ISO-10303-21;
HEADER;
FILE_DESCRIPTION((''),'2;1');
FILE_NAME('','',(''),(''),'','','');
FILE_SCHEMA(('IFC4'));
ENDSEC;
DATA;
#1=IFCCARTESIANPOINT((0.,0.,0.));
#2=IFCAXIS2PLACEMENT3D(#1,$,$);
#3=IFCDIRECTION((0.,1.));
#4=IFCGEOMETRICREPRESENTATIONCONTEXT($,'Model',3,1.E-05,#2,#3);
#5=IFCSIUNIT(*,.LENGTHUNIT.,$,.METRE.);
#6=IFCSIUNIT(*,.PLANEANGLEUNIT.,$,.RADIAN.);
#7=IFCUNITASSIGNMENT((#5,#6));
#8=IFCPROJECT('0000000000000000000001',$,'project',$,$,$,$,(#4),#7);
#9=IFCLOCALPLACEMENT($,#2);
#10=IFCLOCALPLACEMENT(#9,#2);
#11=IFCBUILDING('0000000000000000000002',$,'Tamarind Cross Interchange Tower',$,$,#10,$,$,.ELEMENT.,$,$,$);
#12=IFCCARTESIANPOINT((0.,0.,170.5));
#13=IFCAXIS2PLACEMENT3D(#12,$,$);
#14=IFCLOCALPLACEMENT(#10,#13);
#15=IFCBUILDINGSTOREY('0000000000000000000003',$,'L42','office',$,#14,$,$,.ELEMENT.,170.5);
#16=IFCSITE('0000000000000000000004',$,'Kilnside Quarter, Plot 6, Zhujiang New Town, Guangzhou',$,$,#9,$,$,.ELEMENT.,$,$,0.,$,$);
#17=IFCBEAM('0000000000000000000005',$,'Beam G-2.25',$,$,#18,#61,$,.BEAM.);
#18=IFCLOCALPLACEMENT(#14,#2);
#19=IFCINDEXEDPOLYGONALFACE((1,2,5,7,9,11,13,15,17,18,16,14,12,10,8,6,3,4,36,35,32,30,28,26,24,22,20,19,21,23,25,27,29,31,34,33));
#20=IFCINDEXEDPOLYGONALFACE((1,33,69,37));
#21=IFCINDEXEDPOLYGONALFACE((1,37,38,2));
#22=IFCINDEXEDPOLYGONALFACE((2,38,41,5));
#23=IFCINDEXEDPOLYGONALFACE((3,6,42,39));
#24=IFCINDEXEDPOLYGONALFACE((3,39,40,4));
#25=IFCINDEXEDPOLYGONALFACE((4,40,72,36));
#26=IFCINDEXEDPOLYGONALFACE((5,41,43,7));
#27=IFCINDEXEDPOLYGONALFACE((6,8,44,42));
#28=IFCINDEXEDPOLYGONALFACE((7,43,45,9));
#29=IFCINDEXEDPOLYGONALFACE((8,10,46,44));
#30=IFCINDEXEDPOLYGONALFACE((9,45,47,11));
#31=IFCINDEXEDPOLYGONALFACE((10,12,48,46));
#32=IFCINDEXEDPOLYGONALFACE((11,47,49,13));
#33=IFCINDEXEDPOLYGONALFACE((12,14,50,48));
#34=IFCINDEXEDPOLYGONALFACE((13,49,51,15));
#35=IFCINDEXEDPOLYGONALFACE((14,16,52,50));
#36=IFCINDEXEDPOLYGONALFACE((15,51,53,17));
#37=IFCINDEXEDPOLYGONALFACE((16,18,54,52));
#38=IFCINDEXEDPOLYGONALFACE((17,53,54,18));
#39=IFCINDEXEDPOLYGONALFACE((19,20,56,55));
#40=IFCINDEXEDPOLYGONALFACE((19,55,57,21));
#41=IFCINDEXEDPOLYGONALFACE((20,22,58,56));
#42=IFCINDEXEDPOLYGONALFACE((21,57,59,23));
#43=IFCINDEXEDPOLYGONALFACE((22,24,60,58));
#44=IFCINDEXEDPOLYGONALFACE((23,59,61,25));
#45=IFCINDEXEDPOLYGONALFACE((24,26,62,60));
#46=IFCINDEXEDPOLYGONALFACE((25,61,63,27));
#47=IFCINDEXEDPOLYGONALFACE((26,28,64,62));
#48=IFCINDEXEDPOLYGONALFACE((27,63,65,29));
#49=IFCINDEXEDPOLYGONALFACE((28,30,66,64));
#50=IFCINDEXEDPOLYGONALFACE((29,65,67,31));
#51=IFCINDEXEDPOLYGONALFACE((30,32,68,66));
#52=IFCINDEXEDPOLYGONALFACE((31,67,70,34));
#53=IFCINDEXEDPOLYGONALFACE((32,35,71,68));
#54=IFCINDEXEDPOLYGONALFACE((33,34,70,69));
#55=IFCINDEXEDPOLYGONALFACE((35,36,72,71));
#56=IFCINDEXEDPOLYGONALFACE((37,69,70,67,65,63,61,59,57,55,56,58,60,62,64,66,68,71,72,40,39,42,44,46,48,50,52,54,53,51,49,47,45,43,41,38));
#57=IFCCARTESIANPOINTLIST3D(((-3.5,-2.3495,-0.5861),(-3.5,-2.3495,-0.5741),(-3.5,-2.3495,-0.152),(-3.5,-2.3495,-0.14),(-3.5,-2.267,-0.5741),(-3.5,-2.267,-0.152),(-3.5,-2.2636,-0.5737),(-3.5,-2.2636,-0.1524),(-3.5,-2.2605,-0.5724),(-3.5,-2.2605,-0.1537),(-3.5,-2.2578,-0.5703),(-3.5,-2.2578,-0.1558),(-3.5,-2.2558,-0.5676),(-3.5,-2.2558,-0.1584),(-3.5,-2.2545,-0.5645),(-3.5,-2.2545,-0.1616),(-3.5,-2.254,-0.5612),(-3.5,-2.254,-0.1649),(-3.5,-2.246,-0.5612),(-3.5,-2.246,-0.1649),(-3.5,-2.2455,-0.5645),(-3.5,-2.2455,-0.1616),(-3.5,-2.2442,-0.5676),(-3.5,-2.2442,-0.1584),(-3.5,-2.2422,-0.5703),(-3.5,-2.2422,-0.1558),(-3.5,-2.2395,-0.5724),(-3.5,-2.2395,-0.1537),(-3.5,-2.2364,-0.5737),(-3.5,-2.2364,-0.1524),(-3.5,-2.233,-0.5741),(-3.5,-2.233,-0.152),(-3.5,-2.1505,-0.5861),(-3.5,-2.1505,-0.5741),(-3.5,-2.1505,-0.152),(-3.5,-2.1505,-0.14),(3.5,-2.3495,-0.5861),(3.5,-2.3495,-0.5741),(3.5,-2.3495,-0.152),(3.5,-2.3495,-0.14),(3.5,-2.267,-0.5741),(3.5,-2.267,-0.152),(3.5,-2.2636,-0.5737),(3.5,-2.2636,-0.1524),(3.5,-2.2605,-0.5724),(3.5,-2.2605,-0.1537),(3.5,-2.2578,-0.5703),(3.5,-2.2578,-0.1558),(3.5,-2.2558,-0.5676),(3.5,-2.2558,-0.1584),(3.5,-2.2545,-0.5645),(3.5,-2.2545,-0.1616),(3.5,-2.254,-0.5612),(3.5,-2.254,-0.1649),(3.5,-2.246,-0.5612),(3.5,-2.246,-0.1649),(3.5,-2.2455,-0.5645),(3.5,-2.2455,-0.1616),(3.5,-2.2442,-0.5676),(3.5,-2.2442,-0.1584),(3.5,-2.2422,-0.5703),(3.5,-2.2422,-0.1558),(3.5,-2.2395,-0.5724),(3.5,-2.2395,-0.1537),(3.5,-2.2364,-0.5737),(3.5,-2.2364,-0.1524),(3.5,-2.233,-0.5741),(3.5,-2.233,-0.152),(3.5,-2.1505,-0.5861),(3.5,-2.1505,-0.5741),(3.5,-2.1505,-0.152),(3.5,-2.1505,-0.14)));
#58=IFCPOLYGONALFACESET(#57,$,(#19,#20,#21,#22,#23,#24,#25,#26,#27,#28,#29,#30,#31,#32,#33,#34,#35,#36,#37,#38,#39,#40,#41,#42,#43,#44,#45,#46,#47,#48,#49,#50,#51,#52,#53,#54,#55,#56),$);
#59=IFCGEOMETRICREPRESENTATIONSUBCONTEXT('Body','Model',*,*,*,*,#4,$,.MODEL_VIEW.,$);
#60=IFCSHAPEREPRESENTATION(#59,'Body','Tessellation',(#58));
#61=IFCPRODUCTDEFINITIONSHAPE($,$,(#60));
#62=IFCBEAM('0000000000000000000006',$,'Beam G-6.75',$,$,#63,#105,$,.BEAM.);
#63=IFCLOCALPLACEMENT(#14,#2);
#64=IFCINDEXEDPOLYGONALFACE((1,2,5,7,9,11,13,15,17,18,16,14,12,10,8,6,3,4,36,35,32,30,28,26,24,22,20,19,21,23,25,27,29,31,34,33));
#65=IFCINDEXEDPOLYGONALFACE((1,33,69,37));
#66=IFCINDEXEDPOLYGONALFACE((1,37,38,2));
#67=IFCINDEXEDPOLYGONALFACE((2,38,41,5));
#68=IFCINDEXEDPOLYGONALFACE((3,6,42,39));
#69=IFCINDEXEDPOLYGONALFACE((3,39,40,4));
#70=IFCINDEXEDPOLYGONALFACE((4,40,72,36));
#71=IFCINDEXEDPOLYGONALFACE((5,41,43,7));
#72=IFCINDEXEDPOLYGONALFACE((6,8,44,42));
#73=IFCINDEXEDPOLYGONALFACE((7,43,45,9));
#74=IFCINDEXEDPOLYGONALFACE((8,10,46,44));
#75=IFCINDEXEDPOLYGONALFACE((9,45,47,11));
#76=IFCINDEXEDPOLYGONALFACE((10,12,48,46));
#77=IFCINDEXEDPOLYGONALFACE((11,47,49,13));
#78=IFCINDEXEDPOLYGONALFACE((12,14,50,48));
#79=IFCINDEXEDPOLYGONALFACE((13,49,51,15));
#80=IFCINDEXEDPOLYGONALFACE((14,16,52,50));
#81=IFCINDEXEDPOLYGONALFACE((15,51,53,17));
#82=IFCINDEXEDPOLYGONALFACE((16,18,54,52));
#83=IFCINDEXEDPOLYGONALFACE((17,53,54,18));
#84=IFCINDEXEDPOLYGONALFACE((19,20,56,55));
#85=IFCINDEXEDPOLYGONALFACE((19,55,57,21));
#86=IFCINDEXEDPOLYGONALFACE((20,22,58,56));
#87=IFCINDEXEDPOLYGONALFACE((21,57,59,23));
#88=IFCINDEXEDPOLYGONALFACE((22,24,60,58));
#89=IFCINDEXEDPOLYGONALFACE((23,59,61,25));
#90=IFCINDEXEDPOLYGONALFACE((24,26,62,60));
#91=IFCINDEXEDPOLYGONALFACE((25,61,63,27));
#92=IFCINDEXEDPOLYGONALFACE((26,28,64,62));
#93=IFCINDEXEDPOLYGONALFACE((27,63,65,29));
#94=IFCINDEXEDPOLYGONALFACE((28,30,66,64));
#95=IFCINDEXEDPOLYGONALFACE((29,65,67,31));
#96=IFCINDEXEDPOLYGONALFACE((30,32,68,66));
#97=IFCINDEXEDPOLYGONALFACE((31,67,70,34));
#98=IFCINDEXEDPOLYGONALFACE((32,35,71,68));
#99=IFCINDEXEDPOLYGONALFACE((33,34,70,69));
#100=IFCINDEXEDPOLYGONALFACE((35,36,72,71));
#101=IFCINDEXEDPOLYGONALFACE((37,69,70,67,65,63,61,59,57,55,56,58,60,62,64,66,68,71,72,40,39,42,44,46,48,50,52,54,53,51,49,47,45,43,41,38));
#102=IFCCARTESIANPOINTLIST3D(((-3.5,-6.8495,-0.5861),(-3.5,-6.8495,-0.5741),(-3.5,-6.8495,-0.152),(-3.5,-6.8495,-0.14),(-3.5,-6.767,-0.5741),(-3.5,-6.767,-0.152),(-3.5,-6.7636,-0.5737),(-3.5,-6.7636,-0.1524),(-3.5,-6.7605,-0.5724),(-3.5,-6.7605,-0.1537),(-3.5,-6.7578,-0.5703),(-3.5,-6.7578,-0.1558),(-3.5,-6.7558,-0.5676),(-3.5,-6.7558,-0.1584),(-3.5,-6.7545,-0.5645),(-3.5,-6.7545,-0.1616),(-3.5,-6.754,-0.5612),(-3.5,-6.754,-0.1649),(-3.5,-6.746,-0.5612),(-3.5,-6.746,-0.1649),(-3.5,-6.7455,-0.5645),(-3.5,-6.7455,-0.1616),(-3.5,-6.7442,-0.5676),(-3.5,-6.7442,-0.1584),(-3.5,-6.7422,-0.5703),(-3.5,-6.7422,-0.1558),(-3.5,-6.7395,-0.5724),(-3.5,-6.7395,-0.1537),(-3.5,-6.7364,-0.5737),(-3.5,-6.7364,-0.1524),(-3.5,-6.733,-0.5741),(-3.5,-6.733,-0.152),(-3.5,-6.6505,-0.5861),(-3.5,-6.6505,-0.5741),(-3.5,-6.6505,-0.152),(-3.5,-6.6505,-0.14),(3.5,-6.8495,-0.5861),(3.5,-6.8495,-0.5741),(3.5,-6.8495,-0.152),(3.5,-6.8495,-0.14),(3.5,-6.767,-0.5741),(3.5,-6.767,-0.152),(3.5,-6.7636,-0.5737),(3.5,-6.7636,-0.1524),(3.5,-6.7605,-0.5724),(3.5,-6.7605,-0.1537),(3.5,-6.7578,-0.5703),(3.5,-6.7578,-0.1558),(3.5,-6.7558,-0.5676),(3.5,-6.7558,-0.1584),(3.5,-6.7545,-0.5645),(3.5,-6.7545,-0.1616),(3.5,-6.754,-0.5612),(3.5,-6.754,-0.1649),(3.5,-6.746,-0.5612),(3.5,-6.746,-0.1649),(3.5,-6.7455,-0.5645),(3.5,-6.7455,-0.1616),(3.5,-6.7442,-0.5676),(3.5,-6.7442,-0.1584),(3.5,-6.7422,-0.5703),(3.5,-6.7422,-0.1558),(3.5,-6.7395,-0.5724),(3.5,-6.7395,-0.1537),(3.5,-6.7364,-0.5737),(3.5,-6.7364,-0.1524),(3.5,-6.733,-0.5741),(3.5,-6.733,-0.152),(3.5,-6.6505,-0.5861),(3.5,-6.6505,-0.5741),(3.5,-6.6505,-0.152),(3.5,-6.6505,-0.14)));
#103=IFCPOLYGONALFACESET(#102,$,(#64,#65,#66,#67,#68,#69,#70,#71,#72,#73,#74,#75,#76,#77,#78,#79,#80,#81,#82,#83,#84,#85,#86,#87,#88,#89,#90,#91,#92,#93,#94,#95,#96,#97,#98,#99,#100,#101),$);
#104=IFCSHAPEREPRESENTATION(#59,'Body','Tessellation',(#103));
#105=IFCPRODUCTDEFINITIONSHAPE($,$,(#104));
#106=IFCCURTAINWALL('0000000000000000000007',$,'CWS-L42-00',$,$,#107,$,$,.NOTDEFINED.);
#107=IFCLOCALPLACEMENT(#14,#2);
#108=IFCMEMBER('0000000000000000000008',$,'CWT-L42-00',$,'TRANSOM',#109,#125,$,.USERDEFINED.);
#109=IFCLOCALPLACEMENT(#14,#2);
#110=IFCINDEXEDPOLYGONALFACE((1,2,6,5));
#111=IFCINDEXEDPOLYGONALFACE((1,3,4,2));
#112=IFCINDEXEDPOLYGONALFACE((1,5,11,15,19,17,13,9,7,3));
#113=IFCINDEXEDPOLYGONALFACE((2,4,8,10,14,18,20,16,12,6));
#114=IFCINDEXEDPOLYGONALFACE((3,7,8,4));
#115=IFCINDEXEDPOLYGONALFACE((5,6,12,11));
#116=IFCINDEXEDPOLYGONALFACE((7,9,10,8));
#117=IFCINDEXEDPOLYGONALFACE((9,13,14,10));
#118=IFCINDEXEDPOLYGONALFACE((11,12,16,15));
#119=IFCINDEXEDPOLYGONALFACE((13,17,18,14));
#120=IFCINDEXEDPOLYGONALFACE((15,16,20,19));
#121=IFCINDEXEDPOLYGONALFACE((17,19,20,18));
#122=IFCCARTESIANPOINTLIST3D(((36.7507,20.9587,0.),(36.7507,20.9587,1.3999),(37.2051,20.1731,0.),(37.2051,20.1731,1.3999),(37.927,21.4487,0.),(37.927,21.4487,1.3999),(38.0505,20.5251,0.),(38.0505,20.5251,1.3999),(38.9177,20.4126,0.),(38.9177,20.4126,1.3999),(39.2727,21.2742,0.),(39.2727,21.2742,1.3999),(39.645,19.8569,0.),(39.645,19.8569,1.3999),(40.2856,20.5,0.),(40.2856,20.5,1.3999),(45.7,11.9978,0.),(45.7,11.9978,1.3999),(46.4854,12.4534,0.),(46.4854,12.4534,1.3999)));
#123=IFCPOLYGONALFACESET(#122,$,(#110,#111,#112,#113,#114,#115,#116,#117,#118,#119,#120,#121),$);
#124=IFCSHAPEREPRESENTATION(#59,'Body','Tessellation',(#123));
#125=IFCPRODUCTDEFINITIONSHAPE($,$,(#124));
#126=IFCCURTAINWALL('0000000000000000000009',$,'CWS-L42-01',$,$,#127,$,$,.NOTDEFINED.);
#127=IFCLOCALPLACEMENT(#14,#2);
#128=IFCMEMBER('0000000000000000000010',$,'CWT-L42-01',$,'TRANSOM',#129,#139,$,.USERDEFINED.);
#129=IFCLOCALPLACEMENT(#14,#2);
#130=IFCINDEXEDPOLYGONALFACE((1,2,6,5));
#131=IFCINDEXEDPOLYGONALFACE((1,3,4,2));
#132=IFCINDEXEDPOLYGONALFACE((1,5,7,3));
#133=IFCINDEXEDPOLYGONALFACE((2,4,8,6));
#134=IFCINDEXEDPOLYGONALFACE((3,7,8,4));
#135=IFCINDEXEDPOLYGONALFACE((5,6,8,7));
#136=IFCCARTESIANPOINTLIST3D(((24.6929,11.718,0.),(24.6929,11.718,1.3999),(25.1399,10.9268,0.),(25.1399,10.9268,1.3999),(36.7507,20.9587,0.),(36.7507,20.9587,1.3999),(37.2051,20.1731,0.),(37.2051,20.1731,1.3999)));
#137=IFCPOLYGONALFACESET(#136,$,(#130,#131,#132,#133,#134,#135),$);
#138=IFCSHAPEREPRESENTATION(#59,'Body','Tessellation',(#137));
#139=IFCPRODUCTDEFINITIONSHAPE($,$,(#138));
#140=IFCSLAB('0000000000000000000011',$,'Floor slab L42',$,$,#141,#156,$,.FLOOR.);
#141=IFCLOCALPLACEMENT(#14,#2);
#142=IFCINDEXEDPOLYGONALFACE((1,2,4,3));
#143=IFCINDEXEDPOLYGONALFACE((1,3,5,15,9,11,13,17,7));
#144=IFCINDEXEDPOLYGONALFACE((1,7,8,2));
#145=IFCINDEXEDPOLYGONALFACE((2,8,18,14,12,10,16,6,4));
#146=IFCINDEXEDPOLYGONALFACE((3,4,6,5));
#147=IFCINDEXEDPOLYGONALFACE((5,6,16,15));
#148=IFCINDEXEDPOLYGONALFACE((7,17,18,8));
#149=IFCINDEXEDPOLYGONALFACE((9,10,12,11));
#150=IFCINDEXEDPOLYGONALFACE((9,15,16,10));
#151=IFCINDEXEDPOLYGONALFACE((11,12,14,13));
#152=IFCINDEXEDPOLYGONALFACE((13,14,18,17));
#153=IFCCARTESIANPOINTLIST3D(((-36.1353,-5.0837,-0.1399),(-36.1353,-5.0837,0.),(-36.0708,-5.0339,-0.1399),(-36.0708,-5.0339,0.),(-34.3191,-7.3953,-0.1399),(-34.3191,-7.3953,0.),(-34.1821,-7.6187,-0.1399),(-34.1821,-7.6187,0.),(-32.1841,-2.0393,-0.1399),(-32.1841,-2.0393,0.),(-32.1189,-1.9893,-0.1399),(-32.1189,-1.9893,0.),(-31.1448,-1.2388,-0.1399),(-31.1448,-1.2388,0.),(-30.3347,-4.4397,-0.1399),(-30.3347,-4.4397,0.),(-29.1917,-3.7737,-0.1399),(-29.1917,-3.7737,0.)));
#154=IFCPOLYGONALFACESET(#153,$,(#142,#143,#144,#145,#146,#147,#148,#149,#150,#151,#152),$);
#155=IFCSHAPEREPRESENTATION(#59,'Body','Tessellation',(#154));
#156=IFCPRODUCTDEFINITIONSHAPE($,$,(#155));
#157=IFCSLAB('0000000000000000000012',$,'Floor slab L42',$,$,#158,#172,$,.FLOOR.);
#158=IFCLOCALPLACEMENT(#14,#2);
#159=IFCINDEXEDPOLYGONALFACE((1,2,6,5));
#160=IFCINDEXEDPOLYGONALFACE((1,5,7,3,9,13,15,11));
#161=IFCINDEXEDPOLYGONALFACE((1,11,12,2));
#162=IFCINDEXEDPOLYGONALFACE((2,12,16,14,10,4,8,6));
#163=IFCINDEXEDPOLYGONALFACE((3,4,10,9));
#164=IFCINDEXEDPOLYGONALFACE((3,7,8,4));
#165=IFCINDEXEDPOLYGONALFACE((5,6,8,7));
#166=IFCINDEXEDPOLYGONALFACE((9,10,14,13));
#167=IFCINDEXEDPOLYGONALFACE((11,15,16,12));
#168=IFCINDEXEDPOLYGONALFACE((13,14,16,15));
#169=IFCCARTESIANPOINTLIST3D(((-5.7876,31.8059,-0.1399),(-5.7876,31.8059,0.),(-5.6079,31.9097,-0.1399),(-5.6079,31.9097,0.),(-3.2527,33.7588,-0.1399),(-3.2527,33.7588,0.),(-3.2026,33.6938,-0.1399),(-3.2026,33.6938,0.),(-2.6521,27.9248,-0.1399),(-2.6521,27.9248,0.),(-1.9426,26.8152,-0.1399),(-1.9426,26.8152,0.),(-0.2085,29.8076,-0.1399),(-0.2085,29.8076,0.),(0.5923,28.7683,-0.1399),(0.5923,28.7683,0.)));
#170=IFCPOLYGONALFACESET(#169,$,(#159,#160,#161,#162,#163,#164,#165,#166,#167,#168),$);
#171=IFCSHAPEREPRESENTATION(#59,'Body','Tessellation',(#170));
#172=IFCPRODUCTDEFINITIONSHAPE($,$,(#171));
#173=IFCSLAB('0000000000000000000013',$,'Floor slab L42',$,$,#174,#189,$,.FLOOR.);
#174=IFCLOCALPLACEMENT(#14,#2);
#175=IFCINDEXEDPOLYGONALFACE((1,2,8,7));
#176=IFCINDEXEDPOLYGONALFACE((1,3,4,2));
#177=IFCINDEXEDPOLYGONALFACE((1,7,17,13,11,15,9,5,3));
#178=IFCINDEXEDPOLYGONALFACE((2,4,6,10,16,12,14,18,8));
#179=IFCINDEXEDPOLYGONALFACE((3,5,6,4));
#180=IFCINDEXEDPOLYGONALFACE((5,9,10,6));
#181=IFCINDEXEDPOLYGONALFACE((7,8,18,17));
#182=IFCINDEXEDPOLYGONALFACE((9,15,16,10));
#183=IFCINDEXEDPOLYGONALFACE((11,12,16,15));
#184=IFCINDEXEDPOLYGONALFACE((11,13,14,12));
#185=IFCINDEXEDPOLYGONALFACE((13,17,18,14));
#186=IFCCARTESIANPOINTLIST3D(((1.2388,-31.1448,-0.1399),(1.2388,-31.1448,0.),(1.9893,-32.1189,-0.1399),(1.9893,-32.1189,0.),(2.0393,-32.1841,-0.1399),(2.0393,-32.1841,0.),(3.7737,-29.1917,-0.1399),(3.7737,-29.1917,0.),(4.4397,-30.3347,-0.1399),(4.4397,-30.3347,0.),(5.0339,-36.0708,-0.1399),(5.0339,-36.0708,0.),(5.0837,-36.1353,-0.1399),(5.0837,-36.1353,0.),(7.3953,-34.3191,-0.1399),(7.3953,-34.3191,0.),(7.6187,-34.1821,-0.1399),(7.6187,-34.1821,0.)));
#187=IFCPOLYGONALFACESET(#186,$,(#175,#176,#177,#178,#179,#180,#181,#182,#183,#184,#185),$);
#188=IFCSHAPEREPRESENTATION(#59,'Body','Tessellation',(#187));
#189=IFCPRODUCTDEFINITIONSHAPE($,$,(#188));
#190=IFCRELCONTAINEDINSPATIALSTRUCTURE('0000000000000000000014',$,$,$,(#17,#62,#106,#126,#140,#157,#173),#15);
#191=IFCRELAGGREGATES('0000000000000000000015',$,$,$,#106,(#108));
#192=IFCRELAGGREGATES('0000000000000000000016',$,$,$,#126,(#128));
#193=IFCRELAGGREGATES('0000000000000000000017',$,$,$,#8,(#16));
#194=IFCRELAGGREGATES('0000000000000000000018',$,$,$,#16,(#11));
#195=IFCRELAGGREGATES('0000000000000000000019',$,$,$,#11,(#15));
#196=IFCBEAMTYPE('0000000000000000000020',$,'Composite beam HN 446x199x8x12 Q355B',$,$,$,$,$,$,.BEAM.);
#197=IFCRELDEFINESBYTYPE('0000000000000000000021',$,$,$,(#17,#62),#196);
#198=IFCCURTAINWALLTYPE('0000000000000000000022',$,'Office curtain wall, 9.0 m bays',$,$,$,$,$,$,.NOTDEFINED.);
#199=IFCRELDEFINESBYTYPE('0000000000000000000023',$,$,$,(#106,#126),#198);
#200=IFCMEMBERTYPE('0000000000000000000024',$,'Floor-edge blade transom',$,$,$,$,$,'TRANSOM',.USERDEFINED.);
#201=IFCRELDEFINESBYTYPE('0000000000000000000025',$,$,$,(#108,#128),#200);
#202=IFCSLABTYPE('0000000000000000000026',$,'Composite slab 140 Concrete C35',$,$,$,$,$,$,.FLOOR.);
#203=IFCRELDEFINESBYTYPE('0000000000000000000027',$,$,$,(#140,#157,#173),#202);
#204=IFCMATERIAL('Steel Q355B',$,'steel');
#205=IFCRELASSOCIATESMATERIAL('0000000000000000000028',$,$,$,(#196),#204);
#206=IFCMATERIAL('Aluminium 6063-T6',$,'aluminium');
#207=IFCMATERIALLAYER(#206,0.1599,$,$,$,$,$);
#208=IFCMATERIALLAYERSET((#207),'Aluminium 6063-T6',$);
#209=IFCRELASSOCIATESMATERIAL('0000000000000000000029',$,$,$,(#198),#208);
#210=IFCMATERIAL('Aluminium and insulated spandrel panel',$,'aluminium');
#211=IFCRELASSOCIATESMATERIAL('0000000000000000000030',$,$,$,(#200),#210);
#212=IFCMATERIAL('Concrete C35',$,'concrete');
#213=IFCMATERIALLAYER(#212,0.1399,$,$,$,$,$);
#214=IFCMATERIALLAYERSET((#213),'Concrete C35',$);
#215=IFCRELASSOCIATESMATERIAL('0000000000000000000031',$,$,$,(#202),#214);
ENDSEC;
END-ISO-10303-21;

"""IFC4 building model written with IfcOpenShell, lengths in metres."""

from ifc_helpers import new_model, si_unit, direction, frame, origin, origin_2d, place, context, subcontext, project, spatial, polyline, i_section, outline, extrude, material, layer, layer_set, material_profile, profile_set, type_object, element, aggregate, save


model = new_model("IFC4")

# Units and contexts
model_context = context("Model", 3, precision=1e-05, world=origin(), true_north=direction((0.0, 1.0)))
body_context = subcontext(model_context, "Body", "Model", "MODEL_VIEW")
ifc_project = project(units=[si_unit("LENGTHUNIT", "METRE"), si_unit("PLANEANGLEUNIT", "RADIAN")], contexts=[model_context])

# Site, building, storey
site_placement = place(None, origin())
site = spatial("IfcSite", under=ifc_project, at=site_placement, Name="Kilnside Quarter, Plot 6, Zhujiang New Town, Guangzhou", CompositionType="ELEMENT", RefElevation=0.0)
building_placement = place(site_placement, origin())
building = spatial("IfcBuilding", under=site, at=building_placement, Name="Tamarind Cross Interchange Tower", CompositionType="ELEMENT")
storey_placement = place(building_placement, frame((0.0, 0.0, 170.5)))
storey = spatial("IfcBuildingStorey", under=building, at=storey_placement, Name="L42", Description="office", CompositionType="ELEMENT", Elevation=170.5)

# Beams
ifc_material_1 = material(Name="Steel Q355B", Category="steel")
ifc_material_profile = material_profile(ifc_material_1, i_section(OverallWidth=0.199, OverallDepth=0.446, WebThickness=0.0081, FlangeThickness=0.012, FilletRadius=0.0129, at=origin_2d()), Name="HN 446x199x8x12")
ifc_profile_set = profile_set([ifc_material_profile], Name="Steel Q355B")
beam_type = type_object("IfcBeamType", Name="Composite beam HN 446x199x8x12 Q355B", PredefinedType="BEAM", material=ifc_profile_set)
for number, where, z_axis, x_axis, name in (
    (1, (-3.5, -2.25, -0.363), (1.0, 0.0, 0.0), (0.0, 1.0, 0.0), "Beam G-2.25"),
    (2, (-3.5, -6.75, -0.363), (1.0, 0.0, 0.0), (0.0, 1.0, 0.0), "Beam G-6.75"),
):
    element("IfcBeam", number, at=place(storey_placement, frame(where, z_axis=z_axis, x_axis=x_axis)), inside=storey, type_object=beam_type, Name=name, PredefinedType="BEAM", context=body_context, shape_type="SweptSolid", body=[
        extrude(i_section(OverallWidth=0.199, OverallDepth=0.446, WebThickness=0.0081, FlangeThickness=0.012, FilletRadius=0.0129, at=origin_2d()), origin(), (0.0, 0.0, 1.0), 7.0),
    ])

# Curtain walls, members
ifc_material_2 = material(Name="Aluminium 6063-T6", Category="aluminium")
ifc_layer_1 = layer(ifc_material_2, 0.1599)
ifc_layer_set_1 = layer_set([ifc_layer_1], Name="Aluminium 6063-T6")
curtain_wall_type = type_object("IfcCurtainWallType", Name="Office curtain wall, 9.0 m bays", PredefinedType="NOTDEFINED", material=ifc_layer_set_1)
curtain_wall_1_placement = place(storey_placement, origin())
curtain_wall_1 = element("IfcCurtainWall", 3, at=curtain_wall_1_placement, inside=storey, type_object=curtain_wall_type, Name="CWS-L42-00", PredefinedType="NOTDEFINED")
ifc_material_3 = material(Name="Aluminium and insulated spandrel panel", Category="aluminium")
member_type = type_object("IfcMemberType", Name="Floor-edge blade transom", ElementType="TRANSOM", PredefinedType="USERDEFINED", material=ifc_material_3)
member_1_placement = place(storey_placement, origin())
member_1 = element("IfcMember", 4, at=member_1_placement, type_object=member_type, Name="CWT-L42-00", ObjectType="TRANSOM", PredefinedType="USERDEFINED", context=body_context, shape_type="SweptSolid", body=[
    extrude(outline(polyline([(45.7, 11.9978), (39.645, 19.8569), (38.9177, 20.4126), (38.0505, 20.5251), (37.2051, 20.1731), (36.7507, 20.9587), (37.927, 21.4487), (39.2727, 21.2742), (40.2856, 20.5), (46.4854, 12.4534), (45.7, 11.9978)])), origin(), (0.0, 0.0, 1.0), 1.3999),
])
curtain_wall_2_placement = place(storey_placement, origin())
curtain_wall_2 = element("IfcCurtainWall", 5, at=curtain_wall_2_placement, inside=storey, type_object=curtain_wall_type, Name="CWS-L42-01", PredefinedType="NOTDEFINED")
member_2_placement = place(storey_placement, origin())
member_2 = element("IfcMember", 6, at=member_2_placement, type_object=member_type, Name="CWT-L42-01", ObjectType="TRANSOM", PredefinedType="USERDEFINED", context=body_context, shape_type="SweptSolid", body=[
    extrude(outline(polyline([(37.2051, 20.1731), (25.1399, 10.9268), (24.6929, 11.718), (36.7507, 20.9587), (37.2051, 20.1731)])), origin(), (0.0, 0.0, 1.0), 1.3999),
])

# Slabs
ifc_material_4 = material(Name="Concrete C35", Category="concrete")
ifc_layer_2 = layer(ifc_material_4, 0.1399)
ifc_layer_set_2 = layer_set([ifc_layer_2], Name="Concrete C35")
slab_type = type_object("IfcSlabType", Name="Composite slab 140 Concrete C35", PredefinedType="FLOOR", material=ifc_layer_set_2)
slab_1_placement = place(storey_placement, frame((0.0, 0.0, -0.1399)))
element("IfcSlab", 7, at=slab_1_placement, inside=storey, type_object=slab_type, Name="Floor slab L42", PredefinedType="FLOOR", context=body_context, shape_type="SweptSolid", body=[
    extrude(outline(polyline([(-29.1917, -3.7737), (-31.1448, -1.2388), (-32.1189, -1.9893), (-32.1841, -2.0393), (-30.3347, -4.4397), (-34.3191, -7.3953), (-36.0708, -5.0339), (-36.1353, -5.0837), (-34.1821, -7.6187), (-29.1917, -3.7737)])), origin(), (0.0, 0.0, 1.0), 0.1399),
])
slab_2_placement = place(storey_placement, frame((0.0, 0.0, -0.1399)))
element("IfcSlab", 8, at=slab_2_placement, inside=storey, type_object=slab_type, Name="Floor slab L42", PredefinedType="FLOOR", context=body_context, shape_type="SweptSolid", body=[
    extrude(outline(polyline([(-1.9426, 26.8152), (0.5923, 28.7683), (-0.2085, 29.8076), (-2.6521, 27.9248), (-5.6079, 31.9097), (-3.2026, 33.6938), (-3.2527, 33.7588), (-5.7876, 31.8059), (-1.9426, 26.8152)])), origin(), (0.0, 0.0, 1.0), 0.1399),
])
slab_3_placement = place(storey_placement, frame((0.0, 0.0, -0.1399)))
element("IfcSlab", 9, at=slab_3_placement, inside=storey, type_object=slab_type, Name="Floor slab L42", PredefinedType="FLOOR", context=body_context, shape_type="SweptSolid", body=[
    extrude(outline(polyline([(3.7737, -29.1917), (1.2388, -31.1448), (1.9893, -32.1189), (2.0393, -32.1841), (4.4397, -30.3347), (7.3953, -34.3191), (5.0339, -36.0708), (5.0837, -36.1353), (7.6187, -34.1821), (3.7737, -29.1917)])), origin(), (0.0, 0.0, 1.0), 0.1399),
])

aggregate(curtain_wall_1, [member_1])
aggregate(curtain_wall_2, [member_2])

save(model, "model.ifc")
